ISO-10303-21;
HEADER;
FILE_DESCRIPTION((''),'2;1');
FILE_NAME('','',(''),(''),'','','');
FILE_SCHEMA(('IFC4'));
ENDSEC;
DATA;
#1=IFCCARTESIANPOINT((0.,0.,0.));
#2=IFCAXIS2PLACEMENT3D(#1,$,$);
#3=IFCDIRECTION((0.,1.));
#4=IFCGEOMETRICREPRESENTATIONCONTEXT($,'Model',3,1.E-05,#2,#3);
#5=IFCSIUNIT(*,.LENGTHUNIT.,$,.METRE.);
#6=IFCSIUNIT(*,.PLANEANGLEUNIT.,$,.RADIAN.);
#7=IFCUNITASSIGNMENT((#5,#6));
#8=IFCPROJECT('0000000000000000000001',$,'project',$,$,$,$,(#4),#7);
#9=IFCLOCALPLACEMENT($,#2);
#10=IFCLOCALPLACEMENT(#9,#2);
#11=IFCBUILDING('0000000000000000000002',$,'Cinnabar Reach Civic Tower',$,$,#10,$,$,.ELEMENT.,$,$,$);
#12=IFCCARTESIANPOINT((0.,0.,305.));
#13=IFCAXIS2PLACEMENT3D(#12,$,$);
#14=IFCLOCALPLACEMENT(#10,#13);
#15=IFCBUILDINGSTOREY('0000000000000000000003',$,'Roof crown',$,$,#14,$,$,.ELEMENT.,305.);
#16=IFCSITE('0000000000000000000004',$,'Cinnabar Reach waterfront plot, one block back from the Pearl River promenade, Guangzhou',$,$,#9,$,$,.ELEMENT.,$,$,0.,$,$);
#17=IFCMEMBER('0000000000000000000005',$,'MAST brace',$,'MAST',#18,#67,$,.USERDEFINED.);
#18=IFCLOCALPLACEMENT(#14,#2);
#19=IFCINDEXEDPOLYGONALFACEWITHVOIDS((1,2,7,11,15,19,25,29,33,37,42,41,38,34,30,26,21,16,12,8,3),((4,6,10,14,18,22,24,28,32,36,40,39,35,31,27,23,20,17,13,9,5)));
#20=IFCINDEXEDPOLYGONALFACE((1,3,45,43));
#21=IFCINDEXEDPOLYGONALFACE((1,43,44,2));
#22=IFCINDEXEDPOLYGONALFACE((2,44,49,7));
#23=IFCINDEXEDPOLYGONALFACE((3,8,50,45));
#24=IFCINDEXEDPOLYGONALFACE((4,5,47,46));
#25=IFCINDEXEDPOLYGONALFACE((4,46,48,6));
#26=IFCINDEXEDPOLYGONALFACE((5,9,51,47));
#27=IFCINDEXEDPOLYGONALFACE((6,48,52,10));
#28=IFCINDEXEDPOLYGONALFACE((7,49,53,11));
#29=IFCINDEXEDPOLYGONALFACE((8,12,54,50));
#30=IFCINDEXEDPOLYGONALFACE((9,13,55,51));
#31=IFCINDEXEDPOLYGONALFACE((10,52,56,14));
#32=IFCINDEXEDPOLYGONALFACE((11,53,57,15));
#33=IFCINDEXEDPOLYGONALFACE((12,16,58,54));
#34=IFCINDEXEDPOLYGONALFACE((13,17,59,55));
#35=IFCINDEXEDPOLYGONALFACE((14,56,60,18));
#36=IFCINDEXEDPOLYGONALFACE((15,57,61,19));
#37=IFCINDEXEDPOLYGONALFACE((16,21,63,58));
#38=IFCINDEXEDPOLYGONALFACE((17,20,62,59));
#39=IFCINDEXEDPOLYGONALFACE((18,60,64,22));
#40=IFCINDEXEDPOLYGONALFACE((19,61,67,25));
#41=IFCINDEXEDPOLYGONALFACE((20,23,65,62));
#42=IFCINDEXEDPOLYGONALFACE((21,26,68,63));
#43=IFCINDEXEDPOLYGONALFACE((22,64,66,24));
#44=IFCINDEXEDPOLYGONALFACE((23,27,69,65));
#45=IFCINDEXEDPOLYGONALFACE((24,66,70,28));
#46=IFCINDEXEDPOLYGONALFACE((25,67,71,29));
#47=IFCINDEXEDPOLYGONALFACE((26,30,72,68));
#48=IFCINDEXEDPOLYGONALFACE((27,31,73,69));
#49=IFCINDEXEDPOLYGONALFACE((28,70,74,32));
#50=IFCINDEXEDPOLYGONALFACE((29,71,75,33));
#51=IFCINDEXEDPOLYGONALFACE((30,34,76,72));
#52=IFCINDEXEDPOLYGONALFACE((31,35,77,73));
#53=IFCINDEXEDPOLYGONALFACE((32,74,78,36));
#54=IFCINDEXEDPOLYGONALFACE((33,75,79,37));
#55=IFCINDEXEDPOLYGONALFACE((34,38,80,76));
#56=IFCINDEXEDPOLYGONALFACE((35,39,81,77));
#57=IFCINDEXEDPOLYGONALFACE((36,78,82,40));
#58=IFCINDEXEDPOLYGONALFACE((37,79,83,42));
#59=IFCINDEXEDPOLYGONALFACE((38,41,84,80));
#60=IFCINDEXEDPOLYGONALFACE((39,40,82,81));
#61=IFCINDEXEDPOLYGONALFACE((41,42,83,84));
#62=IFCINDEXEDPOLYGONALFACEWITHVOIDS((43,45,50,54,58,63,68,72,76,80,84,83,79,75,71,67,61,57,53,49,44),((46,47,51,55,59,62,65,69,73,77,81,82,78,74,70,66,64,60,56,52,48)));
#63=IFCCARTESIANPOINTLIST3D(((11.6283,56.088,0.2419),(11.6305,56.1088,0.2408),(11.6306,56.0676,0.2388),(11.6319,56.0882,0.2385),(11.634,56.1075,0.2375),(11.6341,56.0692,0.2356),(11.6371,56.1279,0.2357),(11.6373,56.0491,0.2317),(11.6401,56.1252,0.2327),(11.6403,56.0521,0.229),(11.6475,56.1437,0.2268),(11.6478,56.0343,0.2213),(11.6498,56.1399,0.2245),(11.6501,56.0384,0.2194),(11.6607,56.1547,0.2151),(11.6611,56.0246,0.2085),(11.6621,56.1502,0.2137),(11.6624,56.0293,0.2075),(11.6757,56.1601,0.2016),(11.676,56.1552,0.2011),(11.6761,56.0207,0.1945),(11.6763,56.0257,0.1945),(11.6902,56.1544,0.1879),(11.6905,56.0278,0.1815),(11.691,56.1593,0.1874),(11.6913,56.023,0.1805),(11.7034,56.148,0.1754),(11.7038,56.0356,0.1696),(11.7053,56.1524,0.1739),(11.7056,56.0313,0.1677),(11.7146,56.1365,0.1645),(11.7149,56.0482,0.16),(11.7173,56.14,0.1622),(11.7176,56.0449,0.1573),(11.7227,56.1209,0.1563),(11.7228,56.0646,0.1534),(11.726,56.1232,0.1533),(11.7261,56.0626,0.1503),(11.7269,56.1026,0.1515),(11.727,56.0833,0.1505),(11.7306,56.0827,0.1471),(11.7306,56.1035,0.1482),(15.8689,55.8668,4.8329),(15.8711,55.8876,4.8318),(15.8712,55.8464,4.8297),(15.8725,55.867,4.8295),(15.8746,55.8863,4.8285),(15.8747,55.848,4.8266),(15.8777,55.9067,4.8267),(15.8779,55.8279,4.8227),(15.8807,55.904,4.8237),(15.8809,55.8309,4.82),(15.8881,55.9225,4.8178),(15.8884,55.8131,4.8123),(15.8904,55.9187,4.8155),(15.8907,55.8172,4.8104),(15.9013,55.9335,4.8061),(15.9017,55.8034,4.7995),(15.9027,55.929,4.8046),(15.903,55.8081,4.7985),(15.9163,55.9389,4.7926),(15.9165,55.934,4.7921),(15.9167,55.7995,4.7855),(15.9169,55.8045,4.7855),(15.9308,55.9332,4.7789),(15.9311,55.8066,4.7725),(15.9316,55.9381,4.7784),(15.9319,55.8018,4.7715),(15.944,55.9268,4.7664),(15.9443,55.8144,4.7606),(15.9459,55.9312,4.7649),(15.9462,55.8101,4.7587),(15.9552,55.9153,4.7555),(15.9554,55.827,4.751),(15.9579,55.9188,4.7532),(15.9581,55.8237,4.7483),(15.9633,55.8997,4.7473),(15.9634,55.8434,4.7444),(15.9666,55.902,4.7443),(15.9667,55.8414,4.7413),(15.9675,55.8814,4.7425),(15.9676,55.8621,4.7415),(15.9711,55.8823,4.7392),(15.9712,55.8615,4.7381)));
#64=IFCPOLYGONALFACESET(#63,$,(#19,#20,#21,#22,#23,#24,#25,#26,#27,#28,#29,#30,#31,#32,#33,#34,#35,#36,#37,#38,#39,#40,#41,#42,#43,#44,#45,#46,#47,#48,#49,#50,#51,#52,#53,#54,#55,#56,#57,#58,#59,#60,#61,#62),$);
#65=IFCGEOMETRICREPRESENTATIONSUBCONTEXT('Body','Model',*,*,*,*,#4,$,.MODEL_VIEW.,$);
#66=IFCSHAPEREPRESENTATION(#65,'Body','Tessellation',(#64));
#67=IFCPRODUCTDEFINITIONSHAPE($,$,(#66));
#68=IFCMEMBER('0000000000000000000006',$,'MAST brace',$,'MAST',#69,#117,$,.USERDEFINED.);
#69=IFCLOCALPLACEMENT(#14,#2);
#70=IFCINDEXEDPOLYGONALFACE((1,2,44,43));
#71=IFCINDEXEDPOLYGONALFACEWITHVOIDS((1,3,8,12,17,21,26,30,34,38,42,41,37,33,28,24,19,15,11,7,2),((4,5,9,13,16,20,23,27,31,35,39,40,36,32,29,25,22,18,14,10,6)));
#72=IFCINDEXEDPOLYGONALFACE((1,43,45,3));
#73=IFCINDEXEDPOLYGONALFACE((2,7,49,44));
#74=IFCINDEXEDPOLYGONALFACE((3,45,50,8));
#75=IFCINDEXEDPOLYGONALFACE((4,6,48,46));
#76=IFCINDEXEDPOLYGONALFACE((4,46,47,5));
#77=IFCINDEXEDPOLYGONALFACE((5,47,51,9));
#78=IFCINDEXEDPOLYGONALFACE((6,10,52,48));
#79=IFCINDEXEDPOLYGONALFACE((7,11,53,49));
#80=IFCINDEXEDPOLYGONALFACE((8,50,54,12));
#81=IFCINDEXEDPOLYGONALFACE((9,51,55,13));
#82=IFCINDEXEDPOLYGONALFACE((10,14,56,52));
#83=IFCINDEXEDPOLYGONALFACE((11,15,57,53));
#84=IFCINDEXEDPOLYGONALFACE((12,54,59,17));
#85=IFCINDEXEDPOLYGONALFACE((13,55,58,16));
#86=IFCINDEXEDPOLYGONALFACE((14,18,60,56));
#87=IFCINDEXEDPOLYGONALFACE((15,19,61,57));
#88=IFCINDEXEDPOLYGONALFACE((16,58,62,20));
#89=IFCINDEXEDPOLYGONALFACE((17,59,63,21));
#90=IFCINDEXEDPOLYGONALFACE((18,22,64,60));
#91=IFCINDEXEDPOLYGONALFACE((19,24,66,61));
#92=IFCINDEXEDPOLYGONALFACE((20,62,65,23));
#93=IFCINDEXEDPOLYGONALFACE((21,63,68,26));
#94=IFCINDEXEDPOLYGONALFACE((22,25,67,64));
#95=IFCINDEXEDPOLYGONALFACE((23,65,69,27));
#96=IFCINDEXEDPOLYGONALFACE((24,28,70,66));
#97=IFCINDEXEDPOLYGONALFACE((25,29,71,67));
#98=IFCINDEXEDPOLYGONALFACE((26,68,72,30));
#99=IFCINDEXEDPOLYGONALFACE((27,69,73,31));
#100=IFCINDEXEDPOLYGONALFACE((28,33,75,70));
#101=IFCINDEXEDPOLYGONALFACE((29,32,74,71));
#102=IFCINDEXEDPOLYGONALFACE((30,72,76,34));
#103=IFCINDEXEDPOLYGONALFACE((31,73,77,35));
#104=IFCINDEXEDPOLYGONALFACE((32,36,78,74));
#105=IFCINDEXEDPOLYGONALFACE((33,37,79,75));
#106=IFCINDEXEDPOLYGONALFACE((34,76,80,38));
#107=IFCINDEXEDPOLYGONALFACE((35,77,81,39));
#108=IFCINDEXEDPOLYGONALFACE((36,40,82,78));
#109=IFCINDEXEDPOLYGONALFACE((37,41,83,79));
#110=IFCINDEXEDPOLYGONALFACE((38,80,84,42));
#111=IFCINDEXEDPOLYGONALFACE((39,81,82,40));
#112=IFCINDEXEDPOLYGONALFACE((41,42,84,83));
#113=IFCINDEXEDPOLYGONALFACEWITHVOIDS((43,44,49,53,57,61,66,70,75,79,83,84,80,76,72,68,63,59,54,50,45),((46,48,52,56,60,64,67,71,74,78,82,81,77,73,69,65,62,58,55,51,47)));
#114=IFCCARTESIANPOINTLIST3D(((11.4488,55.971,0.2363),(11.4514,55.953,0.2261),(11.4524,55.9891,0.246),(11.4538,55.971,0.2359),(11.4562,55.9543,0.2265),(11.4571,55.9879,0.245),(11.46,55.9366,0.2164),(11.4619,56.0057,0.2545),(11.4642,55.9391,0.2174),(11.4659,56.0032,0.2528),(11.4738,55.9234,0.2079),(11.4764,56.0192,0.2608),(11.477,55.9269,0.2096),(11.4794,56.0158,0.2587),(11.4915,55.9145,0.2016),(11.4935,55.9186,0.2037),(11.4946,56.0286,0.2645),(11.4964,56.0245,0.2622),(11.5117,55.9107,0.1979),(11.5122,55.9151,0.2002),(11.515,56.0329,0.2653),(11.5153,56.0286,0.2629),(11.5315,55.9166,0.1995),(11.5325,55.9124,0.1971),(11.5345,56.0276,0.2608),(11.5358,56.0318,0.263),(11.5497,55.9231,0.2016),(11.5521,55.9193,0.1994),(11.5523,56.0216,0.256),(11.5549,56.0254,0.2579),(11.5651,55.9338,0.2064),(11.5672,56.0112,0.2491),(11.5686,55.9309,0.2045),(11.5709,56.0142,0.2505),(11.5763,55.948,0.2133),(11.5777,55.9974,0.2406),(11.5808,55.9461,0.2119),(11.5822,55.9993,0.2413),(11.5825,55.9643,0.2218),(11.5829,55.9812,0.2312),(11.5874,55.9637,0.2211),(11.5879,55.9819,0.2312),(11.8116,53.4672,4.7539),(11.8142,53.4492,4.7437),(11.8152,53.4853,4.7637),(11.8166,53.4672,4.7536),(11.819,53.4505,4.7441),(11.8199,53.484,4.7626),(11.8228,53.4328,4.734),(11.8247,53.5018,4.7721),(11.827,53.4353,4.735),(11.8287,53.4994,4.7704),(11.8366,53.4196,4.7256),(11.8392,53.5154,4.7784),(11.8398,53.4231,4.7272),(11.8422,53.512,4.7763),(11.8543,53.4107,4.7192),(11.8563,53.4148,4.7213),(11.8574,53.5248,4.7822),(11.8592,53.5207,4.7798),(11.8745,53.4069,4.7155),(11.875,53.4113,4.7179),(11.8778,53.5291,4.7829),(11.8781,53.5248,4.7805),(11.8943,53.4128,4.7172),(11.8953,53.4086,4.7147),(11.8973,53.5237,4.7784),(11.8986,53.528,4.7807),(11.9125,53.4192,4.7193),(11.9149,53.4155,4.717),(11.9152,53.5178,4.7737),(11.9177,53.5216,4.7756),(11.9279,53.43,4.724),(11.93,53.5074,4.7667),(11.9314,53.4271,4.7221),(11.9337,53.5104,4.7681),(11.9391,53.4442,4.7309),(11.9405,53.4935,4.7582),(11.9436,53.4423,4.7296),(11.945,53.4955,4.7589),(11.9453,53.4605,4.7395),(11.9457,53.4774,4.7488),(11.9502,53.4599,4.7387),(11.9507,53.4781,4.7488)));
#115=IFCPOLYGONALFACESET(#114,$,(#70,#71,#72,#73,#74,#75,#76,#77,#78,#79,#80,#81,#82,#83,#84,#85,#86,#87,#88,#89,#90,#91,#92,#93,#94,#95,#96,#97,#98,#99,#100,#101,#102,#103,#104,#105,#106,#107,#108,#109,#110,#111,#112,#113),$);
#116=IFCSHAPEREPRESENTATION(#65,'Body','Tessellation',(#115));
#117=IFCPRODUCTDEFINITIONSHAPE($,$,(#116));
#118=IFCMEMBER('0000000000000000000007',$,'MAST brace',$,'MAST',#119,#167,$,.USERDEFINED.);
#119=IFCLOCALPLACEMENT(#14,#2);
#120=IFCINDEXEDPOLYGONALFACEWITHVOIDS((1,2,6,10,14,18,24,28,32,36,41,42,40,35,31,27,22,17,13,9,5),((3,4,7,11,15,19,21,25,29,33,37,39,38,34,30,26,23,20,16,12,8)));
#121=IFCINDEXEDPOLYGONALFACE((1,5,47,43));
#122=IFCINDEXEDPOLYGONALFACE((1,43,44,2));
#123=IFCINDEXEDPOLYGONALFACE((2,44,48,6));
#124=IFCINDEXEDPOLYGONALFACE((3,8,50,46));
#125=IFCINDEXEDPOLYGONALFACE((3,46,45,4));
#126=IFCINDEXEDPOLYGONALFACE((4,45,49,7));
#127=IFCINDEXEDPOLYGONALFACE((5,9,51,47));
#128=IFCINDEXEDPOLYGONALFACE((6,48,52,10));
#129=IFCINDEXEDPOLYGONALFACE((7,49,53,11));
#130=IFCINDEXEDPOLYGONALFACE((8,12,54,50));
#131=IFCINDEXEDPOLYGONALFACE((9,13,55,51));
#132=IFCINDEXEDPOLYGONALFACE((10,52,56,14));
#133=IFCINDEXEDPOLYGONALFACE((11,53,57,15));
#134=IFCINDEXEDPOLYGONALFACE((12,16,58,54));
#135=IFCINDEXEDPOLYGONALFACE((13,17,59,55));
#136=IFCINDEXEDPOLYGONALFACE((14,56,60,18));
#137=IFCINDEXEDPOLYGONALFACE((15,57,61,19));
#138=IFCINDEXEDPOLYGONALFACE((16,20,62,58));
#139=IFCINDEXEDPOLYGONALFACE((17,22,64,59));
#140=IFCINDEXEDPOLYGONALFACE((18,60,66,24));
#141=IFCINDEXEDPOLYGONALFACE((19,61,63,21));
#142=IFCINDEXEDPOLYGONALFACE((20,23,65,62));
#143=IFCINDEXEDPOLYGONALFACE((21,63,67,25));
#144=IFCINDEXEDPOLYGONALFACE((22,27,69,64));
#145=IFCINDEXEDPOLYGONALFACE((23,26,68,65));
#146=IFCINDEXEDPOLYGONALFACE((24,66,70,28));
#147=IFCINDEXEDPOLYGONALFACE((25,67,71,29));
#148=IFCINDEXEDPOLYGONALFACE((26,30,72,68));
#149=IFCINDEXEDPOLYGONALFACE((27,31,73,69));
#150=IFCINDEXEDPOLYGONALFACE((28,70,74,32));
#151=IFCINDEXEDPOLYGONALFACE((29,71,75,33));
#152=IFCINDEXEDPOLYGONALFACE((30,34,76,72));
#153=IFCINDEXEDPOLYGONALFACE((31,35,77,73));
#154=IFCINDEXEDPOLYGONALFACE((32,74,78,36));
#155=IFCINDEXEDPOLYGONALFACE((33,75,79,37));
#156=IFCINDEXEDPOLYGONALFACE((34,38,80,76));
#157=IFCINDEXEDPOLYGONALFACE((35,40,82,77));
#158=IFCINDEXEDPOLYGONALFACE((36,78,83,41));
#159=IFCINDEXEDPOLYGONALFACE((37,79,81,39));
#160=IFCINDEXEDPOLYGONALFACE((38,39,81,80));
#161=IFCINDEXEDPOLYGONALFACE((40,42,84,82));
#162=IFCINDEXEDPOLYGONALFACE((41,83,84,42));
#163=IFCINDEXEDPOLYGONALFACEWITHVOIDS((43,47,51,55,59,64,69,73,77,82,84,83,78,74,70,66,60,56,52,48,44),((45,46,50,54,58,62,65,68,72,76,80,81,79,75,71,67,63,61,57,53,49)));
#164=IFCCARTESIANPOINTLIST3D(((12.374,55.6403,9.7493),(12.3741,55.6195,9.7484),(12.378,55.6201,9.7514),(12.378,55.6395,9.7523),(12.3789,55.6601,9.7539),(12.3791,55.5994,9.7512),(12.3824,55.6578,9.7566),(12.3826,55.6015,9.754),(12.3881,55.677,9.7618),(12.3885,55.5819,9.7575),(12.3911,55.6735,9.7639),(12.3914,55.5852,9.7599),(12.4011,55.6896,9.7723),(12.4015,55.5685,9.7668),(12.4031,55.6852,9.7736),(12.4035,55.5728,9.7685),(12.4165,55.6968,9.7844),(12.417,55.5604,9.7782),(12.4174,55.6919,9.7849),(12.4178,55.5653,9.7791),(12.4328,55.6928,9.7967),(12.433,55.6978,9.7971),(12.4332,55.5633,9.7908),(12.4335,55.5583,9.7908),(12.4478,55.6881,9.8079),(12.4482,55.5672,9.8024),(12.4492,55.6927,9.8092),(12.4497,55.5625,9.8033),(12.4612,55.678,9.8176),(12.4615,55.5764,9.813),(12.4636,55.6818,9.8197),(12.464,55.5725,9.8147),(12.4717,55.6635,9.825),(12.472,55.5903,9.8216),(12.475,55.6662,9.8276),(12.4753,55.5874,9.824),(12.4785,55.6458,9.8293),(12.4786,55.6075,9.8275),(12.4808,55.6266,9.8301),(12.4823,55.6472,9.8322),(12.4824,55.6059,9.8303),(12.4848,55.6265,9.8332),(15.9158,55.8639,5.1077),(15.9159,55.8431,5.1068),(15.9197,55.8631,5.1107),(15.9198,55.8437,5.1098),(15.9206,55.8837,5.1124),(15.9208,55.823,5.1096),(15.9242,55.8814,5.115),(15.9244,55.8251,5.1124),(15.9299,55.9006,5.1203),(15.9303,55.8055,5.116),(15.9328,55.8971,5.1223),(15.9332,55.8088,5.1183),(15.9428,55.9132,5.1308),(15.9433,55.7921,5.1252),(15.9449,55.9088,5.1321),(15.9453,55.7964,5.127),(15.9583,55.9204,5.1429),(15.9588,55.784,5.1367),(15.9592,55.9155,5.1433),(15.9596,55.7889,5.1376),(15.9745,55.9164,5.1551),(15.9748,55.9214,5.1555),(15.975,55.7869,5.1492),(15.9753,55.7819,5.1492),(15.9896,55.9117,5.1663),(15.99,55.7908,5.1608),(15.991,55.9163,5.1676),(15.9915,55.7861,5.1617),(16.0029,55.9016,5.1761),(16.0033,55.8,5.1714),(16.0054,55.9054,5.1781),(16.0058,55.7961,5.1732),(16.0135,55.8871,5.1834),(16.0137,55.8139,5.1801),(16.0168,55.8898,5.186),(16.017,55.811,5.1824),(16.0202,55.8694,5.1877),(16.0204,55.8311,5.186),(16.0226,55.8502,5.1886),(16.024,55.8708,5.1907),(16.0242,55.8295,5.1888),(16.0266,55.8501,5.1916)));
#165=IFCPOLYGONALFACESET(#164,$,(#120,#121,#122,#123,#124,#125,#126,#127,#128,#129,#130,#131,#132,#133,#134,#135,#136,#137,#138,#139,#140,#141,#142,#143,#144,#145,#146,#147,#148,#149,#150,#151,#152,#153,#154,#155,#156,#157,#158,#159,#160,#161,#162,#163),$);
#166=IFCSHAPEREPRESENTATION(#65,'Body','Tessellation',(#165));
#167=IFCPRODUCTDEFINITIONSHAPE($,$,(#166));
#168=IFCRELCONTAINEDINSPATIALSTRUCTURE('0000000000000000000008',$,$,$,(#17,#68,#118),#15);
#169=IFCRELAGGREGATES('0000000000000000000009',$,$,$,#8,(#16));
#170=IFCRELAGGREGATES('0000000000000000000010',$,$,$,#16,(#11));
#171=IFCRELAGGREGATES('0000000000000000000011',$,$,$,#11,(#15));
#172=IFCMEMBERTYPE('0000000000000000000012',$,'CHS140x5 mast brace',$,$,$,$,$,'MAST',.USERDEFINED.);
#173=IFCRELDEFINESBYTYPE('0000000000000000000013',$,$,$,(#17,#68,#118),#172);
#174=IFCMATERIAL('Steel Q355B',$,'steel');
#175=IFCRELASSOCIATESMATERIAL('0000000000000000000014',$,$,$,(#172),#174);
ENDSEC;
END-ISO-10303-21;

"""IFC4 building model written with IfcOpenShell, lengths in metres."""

from ifc_helpers import new_model, si_unit, direction, frame, origin, origin_2d, place, context, subcontext, project, spatial, hollow_circle, extrude, material, material_profile, profile_set, type_object, element, save


model = new_model("IFC4")

# Units and contexts
model_context = context("Model", 3, precision=1e-05, world=origin(), true_north=direction((0.0, 1.0)))
body_context = subcontext(model_context, "Body", "Model", "MODEL_VIEW")
ifc_project = project(units=[si_unit("LENGTHUNIT", "METRE"), si_unit("PLANEANGLEUNIT", "RADIAN")], contexts=[model_context])

# Site, building, storey
site_placement = place(None, origin())
site = spatial("IfcSite", under=ifc_project, at=site_placement, Name="Cinnabar Reach waterfront plot, one block back from the Pearl River promenade, Guangzhou", CompositionType="ELEMENT", RefElevation=0.0)
building_placement = place(site_placement, origin())
building = spatial("IfcBuilding", under=site, at=building_placement, Name="Cinnabar Reach Civic Tower", CompositionType="ELEMENT")
storey_placement = place(building_placement, frame((0.0, 0.0, 305.0)))
storey = spatial("IfcBuildingStorey", under=building, at=storey_placement, Name="Roof crown", CompositionType="ELEMENT", Elevation=305.0)

# Members
ifc_material_1 = material(Name="Steel Q355B", Category="steel")
ifc_material_profile_1 = material_profile(ifc_material_1, hollow_circle(Radius=0.07, WallThickness=0.005, at=origin_2d()), Name="CHS140x5")
ifc_profile_set_1 = profile_set([ifc_material_profile_1], Name="Steel Q355B")
member_type_1 = type_object("IfcMemberType", Name="CHS140x5 mast brace", ElementType="MAST", PredefinedType="USERDEFINED", material=ifc_profile_set_1)
member_1_placement = place(storey_placement, frame((15.9203, 55.8694, 4.7855), z_axis=(-0.678093, 0.035371, -0.734124), x_axis=(-0.052092, -0.998642, 0.0)))
element("IfcMember", 1, at=member_1_placement, inside=storey, type_object=member_type_1, Name="MAST brace", ObjectType="MAST", PredefinedType="USERDEFINED", context=body_context, shape_type="SweptSolid", body=[
    extrude(hollow_circle(Radius=0.07, WallThickness=0.005, at=origin_2d()), origin(), (0.0, 0.0, 1.0), 6.2537),
])
member_2_placement = place(storey_placement, frame((11.5186, 55.9719, 0.2312), z_axis=(0.070069, -0.483567, 0.872498), x_axis=(0.989665, 0.143402, 0.0)))
element("IfcMember", 2, at=member_2_placement, inside=storey, type_object=member_type_1, Name="MAST brace", ObjectType="MAST", PredefinedType="USERDEFINED", context=body_context, shape_type="SweptSolid", body=[
    extrude(hollow_circle(Radius=0.07, WallThickness=0.005, at=origin_2d()), origin(), (0.0, 0.0, 1.0), 5.1778),
])
member_3_placement = place(storey_placement, frame((15.9709, 55.8518, 5.1492), z_axis=(-0.606178, -0.038269, 0.794408), x_axis=(0.063006, -0.998013, 0.0)))
element("IfcMember", 3, at=member_3_placement, inside=storey, type_object=member_type_1, Name="MAST brace", ObjectType="MAST", PredefinedType="USERDEFINED", context=body_context, shape_type="SweptSolid", body=[
    extrude(hollow_circle(Radius=0.07, WallThickness=0.005, at=origin_2d()), origin(), (0.0, 0.0, 1.0), 5.8428),
])

save(model, "model.ifc")
